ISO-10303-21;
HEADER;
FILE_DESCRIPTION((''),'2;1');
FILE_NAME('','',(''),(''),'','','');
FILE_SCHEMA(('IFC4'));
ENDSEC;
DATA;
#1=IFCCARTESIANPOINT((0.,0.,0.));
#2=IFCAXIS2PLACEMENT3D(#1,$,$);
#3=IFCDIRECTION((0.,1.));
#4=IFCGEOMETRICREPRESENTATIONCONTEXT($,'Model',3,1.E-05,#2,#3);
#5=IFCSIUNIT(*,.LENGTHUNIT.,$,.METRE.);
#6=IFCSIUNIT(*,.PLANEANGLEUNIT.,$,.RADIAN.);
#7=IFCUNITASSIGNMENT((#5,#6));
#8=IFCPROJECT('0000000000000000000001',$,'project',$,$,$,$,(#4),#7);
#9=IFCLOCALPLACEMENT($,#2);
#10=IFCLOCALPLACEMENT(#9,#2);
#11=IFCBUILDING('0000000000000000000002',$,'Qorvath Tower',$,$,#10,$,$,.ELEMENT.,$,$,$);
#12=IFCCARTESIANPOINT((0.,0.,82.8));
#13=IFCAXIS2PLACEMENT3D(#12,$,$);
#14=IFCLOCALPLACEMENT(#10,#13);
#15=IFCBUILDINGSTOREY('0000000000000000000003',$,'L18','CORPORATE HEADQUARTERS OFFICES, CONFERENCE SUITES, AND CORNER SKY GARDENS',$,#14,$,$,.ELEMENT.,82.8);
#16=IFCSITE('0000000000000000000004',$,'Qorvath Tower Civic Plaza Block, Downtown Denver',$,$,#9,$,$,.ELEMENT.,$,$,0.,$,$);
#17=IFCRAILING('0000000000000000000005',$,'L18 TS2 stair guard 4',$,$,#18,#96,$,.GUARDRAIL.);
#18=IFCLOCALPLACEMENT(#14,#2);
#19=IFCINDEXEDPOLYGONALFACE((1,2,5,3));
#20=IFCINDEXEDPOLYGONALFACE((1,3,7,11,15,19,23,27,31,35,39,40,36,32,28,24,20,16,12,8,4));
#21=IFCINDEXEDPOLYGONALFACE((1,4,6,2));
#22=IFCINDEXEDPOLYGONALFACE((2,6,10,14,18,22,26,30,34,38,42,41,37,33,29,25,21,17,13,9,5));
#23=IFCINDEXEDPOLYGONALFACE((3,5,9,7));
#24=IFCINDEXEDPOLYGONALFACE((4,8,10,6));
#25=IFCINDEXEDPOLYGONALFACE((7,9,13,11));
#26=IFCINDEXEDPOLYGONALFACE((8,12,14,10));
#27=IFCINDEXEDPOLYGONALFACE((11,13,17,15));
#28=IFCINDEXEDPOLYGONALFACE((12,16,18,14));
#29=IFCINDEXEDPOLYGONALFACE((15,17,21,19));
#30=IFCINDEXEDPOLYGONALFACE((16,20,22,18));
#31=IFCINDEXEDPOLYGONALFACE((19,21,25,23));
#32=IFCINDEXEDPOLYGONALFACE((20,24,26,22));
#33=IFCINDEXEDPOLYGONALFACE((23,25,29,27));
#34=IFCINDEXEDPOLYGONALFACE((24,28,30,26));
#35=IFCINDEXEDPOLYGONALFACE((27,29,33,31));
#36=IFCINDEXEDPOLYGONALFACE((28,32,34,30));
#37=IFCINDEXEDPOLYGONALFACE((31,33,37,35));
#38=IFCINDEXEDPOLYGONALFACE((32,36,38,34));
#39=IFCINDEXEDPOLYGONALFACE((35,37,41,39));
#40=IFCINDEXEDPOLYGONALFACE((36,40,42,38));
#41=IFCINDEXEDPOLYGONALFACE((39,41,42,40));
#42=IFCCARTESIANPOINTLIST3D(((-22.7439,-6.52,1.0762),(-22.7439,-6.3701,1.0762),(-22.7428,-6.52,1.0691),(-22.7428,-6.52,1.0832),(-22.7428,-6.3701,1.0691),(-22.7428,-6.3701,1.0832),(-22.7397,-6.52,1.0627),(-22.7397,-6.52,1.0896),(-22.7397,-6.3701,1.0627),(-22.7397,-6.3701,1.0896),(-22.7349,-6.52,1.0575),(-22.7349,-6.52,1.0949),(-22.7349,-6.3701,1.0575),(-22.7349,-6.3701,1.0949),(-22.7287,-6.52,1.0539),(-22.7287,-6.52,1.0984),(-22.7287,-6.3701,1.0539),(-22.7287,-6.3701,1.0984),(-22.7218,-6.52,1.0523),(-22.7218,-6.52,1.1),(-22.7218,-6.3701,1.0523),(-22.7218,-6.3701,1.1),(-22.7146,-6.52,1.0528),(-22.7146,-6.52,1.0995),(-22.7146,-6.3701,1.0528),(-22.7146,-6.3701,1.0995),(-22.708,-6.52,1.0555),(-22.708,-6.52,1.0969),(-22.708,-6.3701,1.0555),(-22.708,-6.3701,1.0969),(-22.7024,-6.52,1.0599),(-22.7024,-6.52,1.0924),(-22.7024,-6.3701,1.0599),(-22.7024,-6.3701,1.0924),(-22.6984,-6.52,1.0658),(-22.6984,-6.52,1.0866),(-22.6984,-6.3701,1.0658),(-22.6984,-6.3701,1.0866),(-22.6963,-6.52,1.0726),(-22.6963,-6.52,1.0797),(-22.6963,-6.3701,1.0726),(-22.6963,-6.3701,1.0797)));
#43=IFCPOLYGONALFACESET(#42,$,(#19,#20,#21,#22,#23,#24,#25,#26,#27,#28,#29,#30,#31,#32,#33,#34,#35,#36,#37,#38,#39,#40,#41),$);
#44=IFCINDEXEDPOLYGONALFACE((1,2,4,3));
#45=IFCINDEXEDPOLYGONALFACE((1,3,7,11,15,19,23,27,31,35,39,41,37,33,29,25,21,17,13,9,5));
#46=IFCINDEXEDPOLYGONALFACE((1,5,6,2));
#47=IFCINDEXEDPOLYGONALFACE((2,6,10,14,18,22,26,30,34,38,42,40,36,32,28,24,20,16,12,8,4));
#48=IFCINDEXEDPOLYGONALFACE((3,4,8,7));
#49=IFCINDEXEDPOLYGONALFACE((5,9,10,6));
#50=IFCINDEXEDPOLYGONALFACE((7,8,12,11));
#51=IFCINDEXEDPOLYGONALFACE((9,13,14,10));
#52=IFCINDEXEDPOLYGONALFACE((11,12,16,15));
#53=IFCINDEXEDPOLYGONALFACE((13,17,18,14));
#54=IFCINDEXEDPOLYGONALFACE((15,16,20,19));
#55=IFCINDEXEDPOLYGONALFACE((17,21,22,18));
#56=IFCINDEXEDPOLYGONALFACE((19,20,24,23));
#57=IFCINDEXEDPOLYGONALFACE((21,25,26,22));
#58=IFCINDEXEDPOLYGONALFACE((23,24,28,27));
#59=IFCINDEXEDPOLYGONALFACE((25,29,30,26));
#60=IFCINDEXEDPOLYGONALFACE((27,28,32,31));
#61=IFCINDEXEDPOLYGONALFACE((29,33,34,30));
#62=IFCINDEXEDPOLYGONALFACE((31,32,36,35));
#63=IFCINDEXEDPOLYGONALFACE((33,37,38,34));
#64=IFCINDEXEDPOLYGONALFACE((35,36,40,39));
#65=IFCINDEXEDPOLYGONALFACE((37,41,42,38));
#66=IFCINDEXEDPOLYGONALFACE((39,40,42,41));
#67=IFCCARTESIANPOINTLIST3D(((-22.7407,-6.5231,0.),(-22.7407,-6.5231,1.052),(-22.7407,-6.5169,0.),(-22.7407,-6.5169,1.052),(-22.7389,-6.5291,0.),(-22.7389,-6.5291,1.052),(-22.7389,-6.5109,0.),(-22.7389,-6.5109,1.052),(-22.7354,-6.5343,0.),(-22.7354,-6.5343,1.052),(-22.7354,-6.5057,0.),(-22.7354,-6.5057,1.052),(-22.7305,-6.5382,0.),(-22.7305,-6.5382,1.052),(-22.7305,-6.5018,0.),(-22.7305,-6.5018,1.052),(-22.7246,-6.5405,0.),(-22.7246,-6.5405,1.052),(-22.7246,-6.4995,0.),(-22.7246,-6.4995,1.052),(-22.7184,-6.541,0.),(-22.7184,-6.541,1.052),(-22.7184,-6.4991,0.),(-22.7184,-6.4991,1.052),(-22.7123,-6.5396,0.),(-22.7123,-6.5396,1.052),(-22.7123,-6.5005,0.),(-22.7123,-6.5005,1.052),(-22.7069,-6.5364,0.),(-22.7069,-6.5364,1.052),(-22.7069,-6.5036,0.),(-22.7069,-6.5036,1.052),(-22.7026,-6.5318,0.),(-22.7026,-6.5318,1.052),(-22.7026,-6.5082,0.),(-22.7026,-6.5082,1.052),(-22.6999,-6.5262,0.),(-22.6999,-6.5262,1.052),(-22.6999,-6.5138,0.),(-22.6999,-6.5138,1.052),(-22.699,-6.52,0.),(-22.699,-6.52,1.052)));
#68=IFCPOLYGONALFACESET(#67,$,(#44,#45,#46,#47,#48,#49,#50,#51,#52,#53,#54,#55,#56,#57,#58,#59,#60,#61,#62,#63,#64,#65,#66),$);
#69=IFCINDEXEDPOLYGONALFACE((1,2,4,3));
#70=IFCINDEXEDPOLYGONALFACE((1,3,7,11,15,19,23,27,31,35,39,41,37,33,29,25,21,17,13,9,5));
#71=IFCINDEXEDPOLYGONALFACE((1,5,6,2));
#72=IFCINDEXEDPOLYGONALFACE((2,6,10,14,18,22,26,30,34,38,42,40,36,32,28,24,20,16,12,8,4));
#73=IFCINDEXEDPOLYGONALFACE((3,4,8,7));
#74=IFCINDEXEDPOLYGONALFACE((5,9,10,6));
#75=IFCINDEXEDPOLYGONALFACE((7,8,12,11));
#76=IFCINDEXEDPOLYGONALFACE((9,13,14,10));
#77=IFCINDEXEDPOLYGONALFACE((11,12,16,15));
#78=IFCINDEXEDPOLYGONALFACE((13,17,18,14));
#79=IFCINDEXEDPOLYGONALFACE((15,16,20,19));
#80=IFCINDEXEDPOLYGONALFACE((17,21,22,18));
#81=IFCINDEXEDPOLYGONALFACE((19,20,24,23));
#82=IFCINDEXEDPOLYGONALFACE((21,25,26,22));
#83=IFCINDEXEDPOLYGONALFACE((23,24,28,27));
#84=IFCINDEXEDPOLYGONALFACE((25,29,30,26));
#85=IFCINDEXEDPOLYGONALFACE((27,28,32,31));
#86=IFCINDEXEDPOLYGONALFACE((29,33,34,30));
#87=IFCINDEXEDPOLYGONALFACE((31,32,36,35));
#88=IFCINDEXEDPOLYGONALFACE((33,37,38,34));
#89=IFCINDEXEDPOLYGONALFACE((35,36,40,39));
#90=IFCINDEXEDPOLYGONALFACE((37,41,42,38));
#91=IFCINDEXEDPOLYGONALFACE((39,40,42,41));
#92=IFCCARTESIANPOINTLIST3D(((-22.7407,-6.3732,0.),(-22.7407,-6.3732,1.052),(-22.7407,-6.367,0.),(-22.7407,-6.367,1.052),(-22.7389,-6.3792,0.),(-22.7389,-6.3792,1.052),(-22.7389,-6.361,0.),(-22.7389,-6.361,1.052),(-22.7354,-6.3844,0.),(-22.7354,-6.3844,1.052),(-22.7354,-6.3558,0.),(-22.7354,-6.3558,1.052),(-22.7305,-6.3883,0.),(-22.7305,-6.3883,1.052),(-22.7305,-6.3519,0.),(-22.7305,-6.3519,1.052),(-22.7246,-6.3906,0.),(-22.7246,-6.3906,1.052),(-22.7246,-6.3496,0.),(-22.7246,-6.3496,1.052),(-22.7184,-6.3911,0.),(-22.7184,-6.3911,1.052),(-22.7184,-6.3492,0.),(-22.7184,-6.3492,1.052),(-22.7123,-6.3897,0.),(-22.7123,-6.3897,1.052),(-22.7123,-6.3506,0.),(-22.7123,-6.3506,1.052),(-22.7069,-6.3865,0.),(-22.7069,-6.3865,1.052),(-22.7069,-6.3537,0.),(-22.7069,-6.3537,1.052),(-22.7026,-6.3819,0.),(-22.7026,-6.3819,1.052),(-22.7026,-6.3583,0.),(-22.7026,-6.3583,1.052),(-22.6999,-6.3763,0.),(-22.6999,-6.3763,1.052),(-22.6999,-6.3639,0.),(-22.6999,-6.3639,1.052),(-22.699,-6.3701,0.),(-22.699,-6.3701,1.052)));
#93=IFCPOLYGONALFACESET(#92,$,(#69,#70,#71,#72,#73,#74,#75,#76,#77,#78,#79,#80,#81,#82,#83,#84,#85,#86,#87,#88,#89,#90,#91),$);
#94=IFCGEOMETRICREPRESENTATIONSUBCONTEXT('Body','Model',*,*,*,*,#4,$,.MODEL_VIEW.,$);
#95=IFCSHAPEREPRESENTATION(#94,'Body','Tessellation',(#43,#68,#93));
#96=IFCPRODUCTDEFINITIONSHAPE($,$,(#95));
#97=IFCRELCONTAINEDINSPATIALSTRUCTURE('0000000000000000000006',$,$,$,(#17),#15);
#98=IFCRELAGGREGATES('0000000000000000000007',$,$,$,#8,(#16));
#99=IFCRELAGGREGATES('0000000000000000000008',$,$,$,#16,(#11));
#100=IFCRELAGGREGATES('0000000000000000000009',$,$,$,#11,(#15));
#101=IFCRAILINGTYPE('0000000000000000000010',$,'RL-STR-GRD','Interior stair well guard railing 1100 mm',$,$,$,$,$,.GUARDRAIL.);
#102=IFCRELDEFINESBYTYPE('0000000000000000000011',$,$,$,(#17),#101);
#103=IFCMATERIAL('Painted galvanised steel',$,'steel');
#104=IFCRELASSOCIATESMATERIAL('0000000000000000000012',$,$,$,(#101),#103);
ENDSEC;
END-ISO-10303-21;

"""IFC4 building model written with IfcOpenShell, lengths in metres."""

from ifc_helpers import new_model, si_unit, direction, frame, origin, origin_2d, place, context, subcontext, project, spatial, circle, extrude, material, type_object, element, save


model = new_model("IFC4")

# Units and contexts
model_context = context("Model", 3, precision=1e-05, world=origin(), true_north=direction((0.0, 1.0)))
body_context = subcontext(model_context, "Body", "Model", "MODEL_VIEW")
ifc_project = project(units=[si_unit("LENGTHUNIT", "METRE"), si_unit("PLANEANGLEUNIT", "RADIAN")], contexts=[model_context])

# Site, building, storey
site_placement = place(None, origin())
site = spatial("IfcSite", under=ifc_project, at=site_placement, Name="Qorvath Tower Civic Plaza Block, Downtown Denver", CompositionType="ELEMENT", RefElevation=0.0)
building_placement = place(site_placement, origin())
building = spatial("IfcBuilding", under=site, at=building_placement, Name="Qorvath Tower", CompositionType="ELEMENT")
storey_placement = place(building_placement, frame((0.0, 0.0, 82.8)))
storey = spatial("IfcBuildingStorey", under=building, at=storey_placement, Name="L18", Description="CORPORATE HEADQUARTERS OFFICES, CONFERENCE SUITES, AND CORNER SKY GARDENS", CompositionType="ELEMENT", Elevation=82.8)

# Railing
ifc_material_1 = material(Name="Painted galvanised steel", Category="steel")
railing_type_1 = type_object("IfcRailingType", Name="RL-STR-GRD", Description="Interior stair well guard railing 1100 mm", PredefinedType="GUARDRAIL", material=ifc_material_1)
railing_1_placement = place(storey_placement, frame((-22.72, -6.52, 0.0)))
element("IfcRailing", 1, at=railing_1_placement, inside=storey, type_object=railing_type_1, Name="L18 TS2 stair guard 4", PredefinedType="GUARDRAIL", context=body_context, shape_type="SweptSolid", body=[
    extrude(circle(Radius=0.0239, at=origin_2d()), frame((0.0, 0.0, 1.0762), z_axis=(0.0, 1.0, 0.0), x_axis=(-1.0, 0.0, 0.0)), (0.0, 0.0, 1.0), 0.1499),
    extrude(circle(Radius=0.021, at=origin_2d()), origin(), (0.0, 0.0, 1.0), 1.052),
    extrude(circle(Radius=0.021, at=origin_2d()), frame((0.0, 0.1499, 0.0)), (0.0, 0.0, 1.0), 1.052),
])

save(model, "model.ifc")
